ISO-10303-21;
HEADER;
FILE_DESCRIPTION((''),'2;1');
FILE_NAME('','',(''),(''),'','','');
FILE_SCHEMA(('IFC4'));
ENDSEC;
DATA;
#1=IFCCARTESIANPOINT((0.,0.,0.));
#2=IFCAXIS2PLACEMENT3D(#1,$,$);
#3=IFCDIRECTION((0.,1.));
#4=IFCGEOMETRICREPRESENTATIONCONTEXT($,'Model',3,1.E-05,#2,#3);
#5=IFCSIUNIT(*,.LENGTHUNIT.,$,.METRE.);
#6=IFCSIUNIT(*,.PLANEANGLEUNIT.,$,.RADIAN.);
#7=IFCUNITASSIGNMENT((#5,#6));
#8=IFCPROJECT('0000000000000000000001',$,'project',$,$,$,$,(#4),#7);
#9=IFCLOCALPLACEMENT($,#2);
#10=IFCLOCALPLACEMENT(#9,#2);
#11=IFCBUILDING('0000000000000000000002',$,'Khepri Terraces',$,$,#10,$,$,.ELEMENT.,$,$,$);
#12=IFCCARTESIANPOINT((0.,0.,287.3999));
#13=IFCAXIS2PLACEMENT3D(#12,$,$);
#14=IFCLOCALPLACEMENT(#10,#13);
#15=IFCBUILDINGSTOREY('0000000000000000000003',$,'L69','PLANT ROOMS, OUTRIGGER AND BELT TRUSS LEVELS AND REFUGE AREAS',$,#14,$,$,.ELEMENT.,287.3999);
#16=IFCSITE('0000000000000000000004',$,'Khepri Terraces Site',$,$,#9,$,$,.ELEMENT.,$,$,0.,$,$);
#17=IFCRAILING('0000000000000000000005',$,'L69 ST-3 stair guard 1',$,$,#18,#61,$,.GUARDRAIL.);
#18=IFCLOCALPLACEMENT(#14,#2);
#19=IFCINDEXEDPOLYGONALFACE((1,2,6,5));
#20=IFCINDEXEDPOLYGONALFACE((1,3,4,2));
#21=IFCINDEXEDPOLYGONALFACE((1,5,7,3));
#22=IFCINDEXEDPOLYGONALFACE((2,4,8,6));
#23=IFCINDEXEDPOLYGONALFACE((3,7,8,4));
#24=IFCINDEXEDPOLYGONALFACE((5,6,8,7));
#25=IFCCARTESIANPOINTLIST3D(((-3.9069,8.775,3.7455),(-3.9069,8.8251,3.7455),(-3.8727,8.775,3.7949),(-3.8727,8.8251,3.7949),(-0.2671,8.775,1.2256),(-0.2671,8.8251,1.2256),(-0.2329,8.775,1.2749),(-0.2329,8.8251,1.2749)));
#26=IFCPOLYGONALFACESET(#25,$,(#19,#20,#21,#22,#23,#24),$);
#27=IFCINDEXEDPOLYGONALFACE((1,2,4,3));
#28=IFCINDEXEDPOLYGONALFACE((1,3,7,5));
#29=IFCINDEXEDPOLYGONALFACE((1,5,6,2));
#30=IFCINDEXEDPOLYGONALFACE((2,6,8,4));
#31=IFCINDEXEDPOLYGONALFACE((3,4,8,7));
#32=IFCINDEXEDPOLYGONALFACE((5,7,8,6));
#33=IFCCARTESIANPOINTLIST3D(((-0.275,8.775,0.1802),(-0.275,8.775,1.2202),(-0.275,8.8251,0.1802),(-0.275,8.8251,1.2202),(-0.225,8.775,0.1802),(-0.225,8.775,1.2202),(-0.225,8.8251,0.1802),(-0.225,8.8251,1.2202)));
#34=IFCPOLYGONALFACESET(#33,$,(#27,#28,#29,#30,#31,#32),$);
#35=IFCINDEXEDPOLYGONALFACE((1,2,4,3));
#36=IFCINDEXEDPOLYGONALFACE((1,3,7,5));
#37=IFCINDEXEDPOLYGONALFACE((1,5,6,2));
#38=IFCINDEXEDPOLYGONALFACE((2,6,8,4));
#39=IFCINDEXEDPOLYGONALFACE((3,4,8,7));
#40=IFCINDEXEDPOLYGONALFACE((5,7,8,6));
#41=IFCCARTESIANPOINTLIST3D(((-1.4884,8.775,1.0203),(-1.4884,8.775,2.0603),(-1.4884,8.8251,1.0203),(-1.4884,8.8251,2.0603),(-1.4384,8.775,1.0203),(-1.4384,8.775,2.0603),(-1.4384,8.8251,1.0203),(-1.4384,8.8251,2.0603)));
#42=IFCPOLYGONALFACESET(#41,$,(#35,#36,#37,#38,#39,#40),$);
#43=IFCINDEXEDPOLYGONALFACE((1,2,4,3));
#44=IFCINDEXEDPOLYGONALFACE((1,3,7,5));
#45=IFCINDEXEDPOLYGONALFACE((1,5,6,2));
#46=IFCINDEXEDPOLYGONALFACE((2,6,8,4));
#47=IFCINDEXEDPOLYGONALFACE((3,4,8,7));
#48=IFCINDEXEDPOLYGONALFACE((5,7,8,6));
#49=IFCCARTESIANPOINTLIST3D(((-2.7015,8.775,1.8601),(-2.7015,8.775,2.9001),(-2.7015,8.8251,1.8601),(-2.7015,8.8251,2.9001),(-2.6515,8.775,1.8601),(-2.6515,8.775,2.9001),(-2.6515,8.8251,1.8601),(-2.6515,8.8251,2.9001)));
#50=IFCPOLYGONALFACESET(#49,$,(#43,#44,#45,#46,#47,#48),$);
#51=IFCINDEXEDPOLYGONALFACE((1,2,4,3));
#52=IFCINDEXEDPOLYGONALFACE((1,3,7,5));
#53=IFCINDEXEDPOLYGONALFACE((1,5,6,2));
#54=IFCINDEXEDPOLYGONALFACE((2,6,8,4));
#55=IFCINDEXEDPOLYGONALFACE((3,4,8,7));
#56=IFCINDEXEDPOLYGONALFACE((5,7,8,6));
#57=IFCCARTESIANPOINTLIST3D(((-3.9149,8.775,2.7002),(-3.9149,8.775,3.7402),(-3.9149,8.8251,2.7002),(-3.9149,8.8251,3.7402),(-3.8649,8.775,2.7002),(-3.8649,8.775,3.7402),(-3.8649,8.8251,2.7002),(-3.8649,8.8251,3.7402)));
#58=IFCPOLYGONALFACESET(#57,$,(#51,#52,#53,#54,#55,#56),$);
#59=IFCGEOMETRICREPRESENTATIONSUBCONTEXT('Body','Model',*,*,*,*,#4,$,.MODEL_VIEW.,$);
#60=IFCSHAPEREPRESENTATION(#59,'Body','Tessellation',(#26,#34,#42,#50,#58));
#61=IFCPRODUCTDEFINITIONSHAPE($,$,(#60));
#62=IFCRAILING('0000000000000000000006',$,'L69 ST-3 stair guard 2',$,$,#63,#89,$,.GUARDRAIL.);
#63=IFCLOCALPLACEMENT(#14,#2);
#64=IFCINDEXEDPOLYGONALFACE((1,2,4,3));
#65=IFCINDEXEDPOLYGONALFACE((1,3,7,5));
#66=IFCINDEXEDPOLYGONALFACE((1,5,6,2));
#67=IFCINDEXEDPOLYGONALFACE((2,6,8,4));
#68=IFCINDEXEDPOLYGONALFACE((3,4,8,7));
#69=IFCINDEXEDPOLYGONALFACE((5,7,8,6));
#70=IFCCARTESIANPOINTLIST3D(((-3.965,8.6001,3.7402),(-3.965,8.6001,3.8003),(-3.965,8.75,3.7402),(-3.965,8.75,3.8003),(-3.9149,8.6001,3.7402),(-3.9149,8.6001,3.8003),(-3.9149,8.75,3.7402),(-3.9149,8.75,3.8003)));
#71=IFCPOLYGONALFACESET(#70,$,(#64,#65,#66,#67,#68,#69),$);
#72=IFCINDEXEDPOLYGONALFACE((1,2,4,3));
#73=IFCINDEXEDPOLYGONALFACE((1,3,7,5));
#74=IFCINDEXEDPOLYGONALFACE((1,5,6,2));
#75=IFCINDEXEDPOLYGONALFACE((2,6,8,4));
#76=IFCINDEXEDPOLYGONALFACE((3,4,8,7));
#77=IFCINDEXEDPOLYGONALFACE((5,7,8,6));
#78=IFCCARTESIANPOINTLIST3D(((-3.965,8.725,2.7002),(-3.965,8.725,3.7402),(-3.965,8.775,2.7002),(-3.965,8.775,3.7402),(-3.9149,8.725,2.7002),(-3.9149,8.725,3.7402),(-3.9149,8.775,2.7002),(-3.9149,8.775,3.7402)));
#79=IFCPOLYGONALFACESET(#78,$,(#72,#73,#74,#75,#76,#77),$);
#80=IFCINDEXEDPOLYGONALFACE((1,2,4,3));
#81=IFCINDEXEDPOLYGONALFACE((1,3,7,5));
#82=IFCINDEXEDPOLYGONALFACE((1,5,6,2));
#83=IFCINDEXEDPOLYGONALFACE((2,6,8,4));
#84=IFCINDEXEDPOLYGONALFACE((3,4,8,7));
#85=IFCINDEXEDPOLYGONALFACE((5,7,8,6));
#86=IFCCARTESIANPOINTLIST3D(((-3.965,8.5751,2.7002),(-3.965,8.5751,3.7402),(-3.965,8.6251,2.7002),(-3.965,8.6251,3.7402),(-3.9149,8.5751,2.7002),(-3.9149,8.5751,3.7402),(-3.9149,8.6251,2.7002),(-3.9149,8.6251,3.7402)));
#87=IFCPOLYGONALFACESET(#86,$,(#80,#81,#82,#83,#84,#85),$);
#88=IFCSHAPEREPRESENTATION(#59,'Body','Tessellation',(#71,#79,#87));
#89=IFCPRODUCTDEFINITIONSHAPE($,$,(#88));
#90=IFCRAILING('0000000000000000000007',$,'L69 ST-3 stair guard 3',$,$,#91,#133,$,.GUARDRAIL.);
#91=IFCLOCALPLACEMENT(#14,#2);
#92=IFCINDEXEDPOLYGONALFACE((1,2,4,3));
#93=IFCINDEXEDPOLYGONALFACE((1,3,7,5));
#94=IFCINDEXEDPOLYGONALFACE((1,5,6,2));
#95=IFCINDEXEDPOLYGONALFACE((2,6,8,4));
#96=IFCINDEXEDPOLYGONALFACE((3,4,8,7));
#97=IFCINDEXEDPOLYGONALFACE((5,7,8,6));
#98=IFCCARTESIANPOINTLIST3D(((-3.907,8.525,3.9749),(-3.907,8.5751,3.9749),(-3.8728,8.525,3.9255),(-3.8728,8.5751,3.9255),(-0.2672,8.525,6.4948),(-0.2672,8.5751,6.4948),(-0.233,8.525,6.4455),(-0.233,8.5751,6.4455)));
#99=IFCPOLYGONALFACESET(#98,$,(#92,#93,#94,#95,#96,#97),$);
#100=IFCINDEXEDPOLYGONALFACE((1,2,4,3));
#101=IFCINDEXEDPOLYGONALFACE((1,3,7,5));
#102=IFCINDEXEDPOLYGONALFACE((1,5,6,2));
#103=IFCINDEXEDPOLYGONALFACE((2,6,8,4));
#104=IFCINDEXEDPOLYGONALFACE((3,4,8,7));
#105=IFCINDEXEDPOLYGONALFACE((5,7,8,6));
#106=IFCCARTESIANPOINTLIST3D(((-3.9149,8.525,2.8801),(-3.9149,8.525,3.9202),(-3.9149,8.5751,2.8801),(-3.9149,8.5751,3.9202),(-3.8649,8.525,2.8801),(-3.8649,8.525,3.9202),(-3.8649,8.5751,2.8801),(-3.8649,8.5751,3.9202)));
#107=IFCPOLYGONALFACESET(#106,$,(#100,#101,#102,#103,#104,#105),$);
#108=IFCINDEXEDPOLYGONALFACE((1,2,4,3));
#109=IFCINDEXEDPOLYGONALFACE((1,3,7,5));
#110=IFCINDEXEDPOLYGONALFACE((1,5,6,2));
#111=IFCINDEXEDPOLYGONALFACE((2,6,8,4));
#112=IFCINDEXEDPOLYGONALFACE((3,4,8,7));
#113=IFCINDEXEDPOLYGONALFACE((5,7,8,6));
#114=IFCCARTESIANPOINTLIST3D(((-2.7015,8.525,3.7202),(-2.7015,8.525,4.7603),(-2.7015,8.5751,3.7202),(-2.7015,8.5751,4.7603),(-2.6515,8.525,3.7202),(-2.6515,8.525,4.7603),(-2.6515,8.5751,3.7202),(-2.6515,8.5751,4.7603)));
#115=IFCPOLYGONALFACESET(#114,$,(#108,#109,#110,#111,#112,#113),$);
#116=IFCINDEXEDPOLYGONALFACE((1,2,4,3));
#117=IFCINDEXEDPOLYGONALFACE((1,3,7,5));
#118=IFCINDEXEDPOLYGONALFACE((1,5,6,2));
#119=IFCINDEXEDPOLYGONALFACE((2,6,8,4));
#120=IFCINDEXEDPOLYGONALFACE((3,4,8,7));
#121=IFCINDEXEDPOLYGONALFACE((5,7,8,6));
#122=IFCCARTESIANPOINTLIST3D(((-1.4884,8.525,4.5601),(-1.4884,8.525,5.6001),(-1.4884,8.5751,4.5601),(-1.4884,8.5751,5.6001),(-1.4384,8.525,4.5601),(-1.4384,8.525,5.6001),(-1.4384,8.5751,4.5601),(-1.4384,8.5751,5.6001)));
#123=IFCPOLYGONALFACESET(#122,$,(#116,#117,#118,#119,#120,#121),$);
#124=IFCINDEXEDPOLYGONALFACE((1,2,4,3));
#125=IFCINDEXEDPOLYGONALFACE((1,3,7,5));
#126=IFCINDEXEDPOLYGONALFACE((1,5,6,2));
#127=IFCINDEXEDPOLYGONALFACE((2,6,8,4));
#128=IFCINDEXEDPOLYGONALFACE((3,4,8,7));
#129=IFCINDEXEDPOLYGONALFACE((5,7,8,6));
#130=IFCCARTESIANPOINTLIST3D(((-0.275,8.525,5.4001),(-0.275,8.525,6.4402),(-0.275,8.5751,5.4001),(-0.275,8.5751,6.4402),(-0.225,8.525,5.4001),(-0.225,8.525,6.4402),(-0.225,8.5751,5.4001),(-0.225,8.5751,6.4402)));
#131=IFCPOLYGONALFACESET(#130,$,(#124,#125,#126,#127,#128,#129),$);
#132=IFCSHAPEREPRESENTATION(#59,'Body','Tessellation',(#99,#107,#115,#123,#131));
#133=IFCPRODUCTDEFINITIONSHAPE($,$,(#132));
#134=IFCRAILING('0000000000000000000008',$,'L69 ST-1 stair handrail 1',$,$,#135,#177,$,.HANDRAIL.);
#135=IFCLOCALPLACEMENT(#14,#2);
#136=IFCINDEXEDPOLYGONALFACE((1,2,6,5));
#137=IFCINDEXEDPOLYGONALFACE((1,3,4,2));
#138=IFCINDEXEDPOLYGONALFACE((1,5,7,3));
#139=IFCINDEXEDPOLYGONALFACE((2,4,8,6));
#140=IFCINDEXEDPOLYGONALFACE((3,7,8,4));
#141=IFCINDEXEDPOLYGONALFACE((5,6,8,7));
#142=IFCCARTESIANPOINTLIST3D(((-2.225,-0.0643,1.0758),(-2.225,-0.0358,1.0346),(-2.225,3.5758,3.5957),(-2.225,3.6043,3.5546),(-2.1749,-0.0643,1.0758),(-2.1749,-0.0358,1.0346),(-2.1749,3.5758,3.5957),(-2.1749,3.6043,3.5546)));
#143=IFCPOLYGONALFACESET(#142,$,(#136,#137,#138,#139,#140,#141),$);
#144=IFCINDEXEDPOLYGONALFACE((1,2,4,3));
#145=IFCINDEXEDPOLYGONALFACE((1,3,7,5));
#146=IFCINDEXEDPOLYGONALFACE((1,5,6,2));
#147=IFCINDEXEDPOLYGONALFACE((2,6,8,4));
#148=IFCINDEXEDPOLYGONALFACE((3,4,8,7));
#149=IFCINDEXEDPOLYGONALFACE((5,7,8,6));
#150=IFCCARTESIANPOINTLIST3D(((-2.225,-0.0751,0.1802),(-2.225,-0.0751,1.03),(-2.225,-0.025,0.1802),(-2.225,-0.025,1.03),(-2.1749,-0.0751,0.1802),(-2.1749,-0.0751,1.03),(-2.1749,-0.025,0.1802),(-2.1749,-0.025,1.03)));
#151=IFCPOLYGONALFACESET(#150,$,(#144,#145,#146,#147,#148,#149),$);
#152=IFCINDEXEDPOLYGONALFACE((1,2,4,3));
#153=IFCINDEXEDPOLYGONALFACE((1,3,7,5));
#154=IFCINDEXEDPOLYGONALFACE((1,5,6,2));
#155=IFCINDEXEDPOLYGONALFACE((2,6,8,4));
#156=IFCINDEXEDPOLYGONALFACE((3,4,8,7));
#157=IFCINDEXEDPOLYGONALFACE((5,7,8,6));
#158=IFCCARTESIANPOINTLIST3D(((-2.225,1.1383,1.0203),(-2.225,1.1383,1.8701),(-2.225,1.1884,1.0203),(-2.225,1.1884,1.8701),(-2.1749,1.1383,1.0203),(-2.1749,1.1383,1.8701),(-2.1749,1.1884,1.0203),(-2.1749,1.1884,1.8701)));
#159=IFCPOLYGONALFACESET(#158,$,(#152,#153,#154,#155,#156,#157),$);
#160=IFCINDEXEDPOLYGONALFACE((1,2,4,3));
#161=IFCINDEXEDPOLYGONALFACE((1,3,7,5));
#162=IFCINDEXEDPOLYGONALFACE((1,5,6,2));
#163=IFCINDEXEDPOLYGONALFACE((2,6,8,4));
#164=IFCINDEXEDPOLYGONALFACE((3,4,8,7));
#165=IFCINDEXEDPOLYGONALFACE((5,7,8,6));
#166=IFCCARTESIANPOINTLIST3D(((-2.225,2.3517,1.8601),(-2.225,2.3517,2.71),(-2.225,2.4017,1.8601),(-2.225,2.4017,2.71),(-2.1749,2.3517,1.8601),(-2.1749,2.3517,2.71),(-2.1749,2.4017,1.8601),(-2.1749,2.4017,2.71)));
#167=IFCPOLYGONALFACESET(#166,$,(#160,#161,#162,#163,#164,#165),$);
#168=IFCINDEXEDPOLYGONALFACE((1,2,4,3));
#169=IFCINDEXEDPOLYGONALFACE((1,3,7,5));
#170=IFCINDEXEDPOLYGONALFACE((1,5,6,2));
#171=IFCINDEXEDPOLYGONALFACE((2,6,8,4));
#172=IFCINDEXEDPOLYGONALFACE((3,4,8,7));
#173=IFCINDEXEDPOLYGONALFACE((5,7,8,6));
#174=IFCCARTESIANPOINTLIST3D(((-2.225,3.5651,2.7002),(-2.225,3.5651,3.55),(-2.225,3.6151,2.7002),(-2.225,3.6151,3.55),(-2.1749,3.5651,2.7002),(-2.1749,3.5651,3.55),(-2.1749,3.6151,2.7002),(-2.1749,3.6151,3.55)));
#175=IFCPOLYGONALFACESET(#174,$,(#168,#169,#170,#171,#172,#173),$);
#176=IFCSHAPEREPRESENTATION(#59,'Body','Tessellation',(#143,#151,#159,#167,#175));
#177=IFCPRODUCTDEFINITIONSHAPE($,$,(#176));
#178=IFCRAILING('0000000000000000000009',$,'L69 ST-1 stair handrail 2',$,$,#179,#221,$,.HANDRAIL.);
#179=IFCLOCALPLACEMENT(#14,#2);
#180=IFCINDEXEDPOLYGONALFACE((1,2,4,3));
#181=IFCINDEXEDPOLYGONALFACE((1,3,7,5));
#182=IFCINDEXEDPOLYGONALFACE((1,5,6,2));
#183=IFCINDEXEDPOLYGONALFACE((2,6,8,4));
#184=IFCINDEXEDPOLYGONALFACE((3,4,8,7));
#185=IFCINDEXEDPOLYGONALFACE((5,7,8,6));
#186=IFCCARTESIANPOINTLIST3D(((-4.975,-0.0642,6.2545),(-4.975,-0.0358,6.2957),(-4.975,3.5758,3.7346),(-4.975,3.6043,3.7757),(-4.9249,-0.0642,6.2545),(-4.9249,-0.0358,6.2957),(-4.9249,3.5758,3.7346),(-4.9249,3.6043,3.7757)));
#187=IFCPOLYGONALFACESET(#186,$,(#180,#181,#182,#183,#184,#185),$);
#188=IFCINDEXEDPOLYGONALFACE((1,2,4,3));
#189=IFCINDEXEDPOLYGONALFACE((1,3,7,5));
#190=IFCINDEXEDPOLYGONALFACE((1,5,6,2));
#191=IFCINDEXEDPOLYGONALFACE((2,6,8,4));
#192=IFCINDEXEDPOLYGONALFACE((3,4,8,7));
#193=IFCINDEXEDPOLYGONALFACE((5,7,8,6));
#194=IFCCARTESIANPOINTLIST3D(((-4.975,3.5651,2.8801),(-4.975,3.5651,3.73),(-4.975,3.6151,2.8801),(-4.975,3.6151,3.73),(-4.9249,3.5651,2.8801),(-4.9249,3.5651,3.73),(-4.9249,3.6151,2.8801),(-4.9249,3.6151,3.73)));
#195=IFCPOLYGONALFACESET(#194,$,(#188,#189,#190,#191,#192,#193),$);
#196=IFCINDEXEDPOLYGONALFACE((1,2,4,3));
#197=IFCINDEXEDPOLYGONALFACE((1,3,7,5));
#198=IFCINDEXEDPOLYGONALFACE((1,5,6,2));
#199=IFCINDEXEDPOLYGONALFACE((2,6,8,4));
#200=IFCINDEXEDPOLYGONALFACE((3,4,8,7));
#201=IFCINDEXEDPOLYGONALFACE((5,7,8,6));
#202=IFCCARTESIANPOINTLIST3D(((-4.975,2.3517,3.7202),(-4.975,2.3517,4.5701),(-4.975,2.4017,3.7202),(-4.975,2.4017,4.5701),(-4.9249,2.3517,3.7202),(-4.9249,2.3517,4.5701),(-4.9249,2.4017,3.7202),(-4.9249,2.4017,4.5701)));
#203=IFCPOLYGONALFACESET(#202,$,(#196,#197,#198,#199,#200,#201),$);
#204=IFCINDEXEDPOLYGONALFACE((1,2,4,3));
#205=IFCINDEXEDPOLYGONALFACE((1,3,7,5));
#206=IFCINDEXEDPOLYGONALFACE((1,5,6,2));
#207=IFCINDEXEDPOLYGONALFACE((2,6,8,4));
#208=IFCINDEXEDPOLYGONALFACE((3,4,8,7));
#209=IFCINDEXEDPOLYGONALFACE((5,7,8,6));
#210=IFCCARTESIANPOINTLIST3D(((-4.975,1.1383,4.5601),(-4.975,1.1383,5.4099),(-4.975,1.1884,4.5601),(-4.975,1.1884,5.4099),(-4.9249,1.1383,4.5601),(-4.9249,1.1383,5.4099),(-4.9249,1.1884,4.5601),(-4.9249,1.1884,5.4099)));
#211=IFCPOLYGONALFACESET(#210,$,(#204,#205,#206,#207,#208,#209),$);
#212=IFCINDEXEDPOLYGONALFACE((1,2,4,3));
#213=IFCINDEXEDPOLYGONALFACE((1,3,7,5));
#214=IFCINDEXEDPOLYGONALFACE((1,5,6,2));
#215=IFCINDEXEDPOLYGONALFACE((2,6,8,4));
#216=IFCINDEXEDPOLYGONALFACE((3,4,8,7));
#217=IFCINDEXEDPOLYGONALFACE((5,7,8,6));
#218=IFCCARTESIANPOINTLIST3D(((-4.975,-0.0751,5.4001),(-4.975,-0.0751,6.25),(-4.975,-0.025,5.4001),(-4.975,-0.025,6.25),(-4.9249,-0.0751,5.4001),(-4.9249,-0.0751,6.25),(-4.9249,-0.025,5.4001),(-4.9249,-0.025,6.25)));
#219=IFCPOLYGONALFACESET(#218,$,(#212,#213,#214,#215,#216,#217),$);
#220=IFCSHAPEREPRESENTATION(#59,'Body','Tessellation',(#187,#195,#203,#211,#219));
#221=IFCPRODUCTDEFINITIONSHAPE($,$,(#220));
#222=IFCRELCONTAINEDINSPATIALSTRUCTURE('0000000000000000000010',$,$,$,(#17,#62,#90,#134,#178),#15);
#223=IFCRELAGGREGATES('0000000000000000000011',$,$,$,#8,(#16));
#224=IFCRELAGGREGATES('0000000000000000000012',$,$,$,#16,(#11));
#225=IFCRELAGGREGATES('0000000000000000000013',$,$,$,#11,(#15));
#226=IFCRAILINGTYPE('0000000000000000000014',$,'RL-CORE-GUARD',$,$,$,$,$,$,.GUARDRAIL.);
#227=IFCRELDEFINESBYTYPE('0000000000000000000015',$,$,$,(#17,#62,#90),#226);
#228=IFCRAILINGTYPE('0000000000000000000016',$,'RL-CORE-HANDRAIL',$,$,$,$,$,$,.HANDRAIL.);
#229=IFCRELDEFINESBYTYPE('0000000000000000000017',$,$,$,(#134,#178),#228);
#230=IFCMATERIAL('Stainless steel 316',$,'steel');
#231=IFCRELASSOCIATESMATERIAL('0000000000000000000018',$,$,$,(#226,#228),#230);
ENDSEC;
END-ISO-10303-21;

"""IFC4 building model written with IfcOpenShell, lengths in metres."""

from ifc_helpers import new_model, si_unit, direction, frame, origin, origin_2d, place, context, subcontext, project, spatial, rectangle, extrude, material, type_object, element, save


model = new_model("IFC4")

# Units and contexts
model_context = context("Model", 3, precision=1e-05, world=origin(), true_north=direction((0.0, 1.0)))
body_context = subcontext(model_context, "Body", "Model", "MODEL_VIEW")
ifc_project = project(units=[si_unit("LENGTHUNIT", "METRE"), si_unit("PLANEANGLEUNIT", "RADIAN")], contexts=[model_context])

# Site, building, storey
site_placement = place(None, origin())
site = spatial("IfcSite", under=ifc_project, at=site_placement, Name="Khepri Terraces Site", CompositionType="ELEMENT", RefElevation=0.0)
building_placement = place(site_placement, origin())
building = spatial("IfcBuilding", under=site, at=building_placement, Name="Khepri Terraces", CompositionType="ELEMENT")
storey_placement = place(building_placement, frame((0.0, 0.0, 287.3999)))
storey = spatial("IfcBuildingStorey", under=building, at=storey_placement, Name="L69", Description="PLANT ROOMS, OUTRIGGER AND BELT TRUSS LEVELS AND REFUGE AREAS", CompositionType="ELEMENT", Elevation=287.3999)

# Railings
ifc_material_1 = material(Name="Stainless steel 316", Category="steel")
railing_type_1 = type_object("IfcRailingType", Name="RL-CORE-GUARD", PredefinedType="GUARDRAIL", material=ifc_material_1)
railing_1_placement = place(storey_placement, frame((-0.25, 8.8, 0.1802)))
element("IfcRailing", 1, at=railing_1_placement, inside=storey, type_object=railing_type_1, Name="L69 ST-3 stair guard 1", PredefinedType="GUARDRAIL", context=body_context, shape_type="SweptSolid", body=[
    extrude(rectangle(XDim=0.05, YDim=0.0601, at=origin_2d()), frame((0.0, 0.0, 1.0701), z_axis=(-0.822182, 0.0, 0.569224), x_axis=(0.0, -1.0, 0.0)), (0.0, 0.0, 1.0), 4.427),
    extrude(rectangle(XDim=0.05, YDim=0.05, at=origin_2d()), origin(), (0.0, 0.0, 1.0), 1.04),
    extrude(rectangle(XDim=0.05, YDim=0.05, at=origin_2d()), frame((-1.2134, 0.0, 0.8401)), (0.0, 0.0, 1.0), 1.04),
    extrude(rectangle(XDim=0.05, YDim=0.05, at=origin_2d()), frame((-2.4265, 0.0, 1.6799)), (0.0, 0.0, 1.0), 1.04),
    extrude(rectangle(XDim=0.05, YDim=0.05, at=origin_2d()), frame((-3.6399, 0.0, 2.52)), (0.0, 0.0, 1.0), 1.04),
])
railing_2_placement = place(storey_placement, frame((-3.9399, 8.75, 2.7002)))
element("IfcRailing", 2, at=railing_2_placement, inside=storey, type_object=railing_type_1, Name="L69 ST-3 stair guard 2", PredefinedType="GUARDRAIL", context=body_context, shape_type="SweptSolid", body=[
    extrude(rectangle(XDim=0.05, YDim=0.0601, at=origin_2d()), frame((0.0, 0.0, 1.0701), z_axis=(0.0, -1.0, 0.0), x_axis=(1.0, 0.0, 0.0)), (0.0, 0.0, 1.0), 0.1499),
    extrude(rectangle(XDim=0.05, YDim=0.05, at=origin_2d()), origin(), (0.0, 0.0, 1.0), 1.04),
    extrude(rectangle(XDim=0.05, YDim=0.05, at=origin_2d()), frame((0.0, -0.1499, 0.0)), (0.0, 0.0, 1.0), 1.04),
])
railing_3_placement = place(storey_placement, frame((-3.8899, 8.55, 2.8801)))
element("IfcRailing", 3, at=railing_3_placement, inside=storey, type_object=railing_type_1, Name="L69 ST-3 stair guard 3", PredefinedType="GUARDRAIL", context=body_context, shape_type="SweptSolid", body=[
    extrude(rectangle(XDim=0.05, YDim=0.0601, at=origin_2d()), frame((0.0, 0.0, 1.0701), z_axis=(0.822182, 0.0, 0.569224), x_axis=(0.0, 1.0, 0.0)), (0.0, 0.0, 1.0), 4.427),
    extrude(rectangle(XDim=0.05, YDim=0.05, at=origin_2d()), origin(), (0.0, 0.0, 1.0), 1.04),
    extrude(rectangle(XDim=0.05, YDim=0.05, at=origin_2d()), frame((1.2134, 0.0, 0.8401)), (0.0, 0.0, 1.0), 1.04),
    extrude(rectangle(XDim=0.05, YDim=0.05, at=origin_2d()), frame((2.4265, 0.0, 1.6799)), (0.0, 0.0, 1.0), 1.04),
    extrude(rectangle(XDim=0.05, YDim=0.05, at=origin_2d()), frame((3.6399, 0.0, 2.52)), (0.0, 0.0, 1.0), 1.04),
])
railing_type_2 = type_object("IfcRailingType", Name="RL-CORE-HANDRAIL", PredefinedType="HANDRAIL", material=ifc_material_1)
railing_4_placement = place(storey_placement, frame((-2.2, -0.05, 0.1802)))
element("IfcRailing", 4, at=railing_4_placement, inside=storey, type_object=railing_type_2, Name="L69 ST-1 stair handrail 1", PredefinedType="HANDRAIL", context=body_context, shape_type="SweptSolid", body=[
    extrude(rectangle(XDim=0.05, YDim=0.05, at=origin_2d()), frame((0.0, 0.0, 0.875), z_axis=(0.0, 0.8222, 0.569199), x_axis=(-1.0, 0.0, 0.0)), (0.0, 0.0, 1.0), 4.4272),
    extrude(rectangle(XDim=0.05, YDim=0.05, at=origin_2d()), origin(), (0.0, 0.0, 1.0), 0.8499),
    extrude(rectangle(XDim=0.05, YDim=0.05, at=origin_2d()), frame((0.0, 1.2134, 0.8401)), (0.0, 0.0, 1.0), 0.8499),
    extrude(rectangle(XDim=0.05, YDim=0.05, at=origin_2d()), frame((0.0, 2.4268, 1.6799)), (0.0, 0.0, 1.0), 0.8499),
    extrude(rectangle(XDim=0.05, YDim=0.05, at=origin_2d()), frame((0.0, 3.6401, 2.52)), (0.0, 0.0, 1.0), 0.8499),
])
railing_5_placement = place(storey_placement, frame((-4.95, 3.5901, 2.8801)))
element("IfcRailing", 5, at=railing_5_placement, inside=storey, type_object=railing_type_2, Name="L69 ST-1 stair handrail 2", PredefinedType="HANDRAIL", context=body_context, shape_type="SweptSolid", body=[
    extrude(rectangle(XDim=0.05, YDim=0.05, at=origin_2d()), frame((0.0, 0.0, 0.875), z_axis=(0.0, -0.8222, 0.569199), x_axis=(1.0, 0.0, 0.0)), (0.0, 0.0, 1.0), 4.4272),
    extrude(rectangle(XDim=0.05, YDim=0.05, at=origin_2d()), origin(), (0.0, 0.0, 1.0), 0.8499),
    extrude(rectangle(XDim=0.05, YDim=0.05, at=origin_2d()), frame((0.0, -1.2134, 0.8401)), (0.0, 0.0, 1.0), 0.8499),
    extrude(rectangle(XDim=0.05, YDim=0.05, at=origin_2d()), frame((0.0, -2.4268, 1.6799)), (0.0, 0.0, 1.0), 0.8499),
    extrude(rectangle(XDim=0.05, YDim=0.05, at=origin_2d()), frame((0.0, -3.6401, 2.52)), (0.0, 0.0, 1.0), 0.8499),
])

save(model, "model.ifc")
